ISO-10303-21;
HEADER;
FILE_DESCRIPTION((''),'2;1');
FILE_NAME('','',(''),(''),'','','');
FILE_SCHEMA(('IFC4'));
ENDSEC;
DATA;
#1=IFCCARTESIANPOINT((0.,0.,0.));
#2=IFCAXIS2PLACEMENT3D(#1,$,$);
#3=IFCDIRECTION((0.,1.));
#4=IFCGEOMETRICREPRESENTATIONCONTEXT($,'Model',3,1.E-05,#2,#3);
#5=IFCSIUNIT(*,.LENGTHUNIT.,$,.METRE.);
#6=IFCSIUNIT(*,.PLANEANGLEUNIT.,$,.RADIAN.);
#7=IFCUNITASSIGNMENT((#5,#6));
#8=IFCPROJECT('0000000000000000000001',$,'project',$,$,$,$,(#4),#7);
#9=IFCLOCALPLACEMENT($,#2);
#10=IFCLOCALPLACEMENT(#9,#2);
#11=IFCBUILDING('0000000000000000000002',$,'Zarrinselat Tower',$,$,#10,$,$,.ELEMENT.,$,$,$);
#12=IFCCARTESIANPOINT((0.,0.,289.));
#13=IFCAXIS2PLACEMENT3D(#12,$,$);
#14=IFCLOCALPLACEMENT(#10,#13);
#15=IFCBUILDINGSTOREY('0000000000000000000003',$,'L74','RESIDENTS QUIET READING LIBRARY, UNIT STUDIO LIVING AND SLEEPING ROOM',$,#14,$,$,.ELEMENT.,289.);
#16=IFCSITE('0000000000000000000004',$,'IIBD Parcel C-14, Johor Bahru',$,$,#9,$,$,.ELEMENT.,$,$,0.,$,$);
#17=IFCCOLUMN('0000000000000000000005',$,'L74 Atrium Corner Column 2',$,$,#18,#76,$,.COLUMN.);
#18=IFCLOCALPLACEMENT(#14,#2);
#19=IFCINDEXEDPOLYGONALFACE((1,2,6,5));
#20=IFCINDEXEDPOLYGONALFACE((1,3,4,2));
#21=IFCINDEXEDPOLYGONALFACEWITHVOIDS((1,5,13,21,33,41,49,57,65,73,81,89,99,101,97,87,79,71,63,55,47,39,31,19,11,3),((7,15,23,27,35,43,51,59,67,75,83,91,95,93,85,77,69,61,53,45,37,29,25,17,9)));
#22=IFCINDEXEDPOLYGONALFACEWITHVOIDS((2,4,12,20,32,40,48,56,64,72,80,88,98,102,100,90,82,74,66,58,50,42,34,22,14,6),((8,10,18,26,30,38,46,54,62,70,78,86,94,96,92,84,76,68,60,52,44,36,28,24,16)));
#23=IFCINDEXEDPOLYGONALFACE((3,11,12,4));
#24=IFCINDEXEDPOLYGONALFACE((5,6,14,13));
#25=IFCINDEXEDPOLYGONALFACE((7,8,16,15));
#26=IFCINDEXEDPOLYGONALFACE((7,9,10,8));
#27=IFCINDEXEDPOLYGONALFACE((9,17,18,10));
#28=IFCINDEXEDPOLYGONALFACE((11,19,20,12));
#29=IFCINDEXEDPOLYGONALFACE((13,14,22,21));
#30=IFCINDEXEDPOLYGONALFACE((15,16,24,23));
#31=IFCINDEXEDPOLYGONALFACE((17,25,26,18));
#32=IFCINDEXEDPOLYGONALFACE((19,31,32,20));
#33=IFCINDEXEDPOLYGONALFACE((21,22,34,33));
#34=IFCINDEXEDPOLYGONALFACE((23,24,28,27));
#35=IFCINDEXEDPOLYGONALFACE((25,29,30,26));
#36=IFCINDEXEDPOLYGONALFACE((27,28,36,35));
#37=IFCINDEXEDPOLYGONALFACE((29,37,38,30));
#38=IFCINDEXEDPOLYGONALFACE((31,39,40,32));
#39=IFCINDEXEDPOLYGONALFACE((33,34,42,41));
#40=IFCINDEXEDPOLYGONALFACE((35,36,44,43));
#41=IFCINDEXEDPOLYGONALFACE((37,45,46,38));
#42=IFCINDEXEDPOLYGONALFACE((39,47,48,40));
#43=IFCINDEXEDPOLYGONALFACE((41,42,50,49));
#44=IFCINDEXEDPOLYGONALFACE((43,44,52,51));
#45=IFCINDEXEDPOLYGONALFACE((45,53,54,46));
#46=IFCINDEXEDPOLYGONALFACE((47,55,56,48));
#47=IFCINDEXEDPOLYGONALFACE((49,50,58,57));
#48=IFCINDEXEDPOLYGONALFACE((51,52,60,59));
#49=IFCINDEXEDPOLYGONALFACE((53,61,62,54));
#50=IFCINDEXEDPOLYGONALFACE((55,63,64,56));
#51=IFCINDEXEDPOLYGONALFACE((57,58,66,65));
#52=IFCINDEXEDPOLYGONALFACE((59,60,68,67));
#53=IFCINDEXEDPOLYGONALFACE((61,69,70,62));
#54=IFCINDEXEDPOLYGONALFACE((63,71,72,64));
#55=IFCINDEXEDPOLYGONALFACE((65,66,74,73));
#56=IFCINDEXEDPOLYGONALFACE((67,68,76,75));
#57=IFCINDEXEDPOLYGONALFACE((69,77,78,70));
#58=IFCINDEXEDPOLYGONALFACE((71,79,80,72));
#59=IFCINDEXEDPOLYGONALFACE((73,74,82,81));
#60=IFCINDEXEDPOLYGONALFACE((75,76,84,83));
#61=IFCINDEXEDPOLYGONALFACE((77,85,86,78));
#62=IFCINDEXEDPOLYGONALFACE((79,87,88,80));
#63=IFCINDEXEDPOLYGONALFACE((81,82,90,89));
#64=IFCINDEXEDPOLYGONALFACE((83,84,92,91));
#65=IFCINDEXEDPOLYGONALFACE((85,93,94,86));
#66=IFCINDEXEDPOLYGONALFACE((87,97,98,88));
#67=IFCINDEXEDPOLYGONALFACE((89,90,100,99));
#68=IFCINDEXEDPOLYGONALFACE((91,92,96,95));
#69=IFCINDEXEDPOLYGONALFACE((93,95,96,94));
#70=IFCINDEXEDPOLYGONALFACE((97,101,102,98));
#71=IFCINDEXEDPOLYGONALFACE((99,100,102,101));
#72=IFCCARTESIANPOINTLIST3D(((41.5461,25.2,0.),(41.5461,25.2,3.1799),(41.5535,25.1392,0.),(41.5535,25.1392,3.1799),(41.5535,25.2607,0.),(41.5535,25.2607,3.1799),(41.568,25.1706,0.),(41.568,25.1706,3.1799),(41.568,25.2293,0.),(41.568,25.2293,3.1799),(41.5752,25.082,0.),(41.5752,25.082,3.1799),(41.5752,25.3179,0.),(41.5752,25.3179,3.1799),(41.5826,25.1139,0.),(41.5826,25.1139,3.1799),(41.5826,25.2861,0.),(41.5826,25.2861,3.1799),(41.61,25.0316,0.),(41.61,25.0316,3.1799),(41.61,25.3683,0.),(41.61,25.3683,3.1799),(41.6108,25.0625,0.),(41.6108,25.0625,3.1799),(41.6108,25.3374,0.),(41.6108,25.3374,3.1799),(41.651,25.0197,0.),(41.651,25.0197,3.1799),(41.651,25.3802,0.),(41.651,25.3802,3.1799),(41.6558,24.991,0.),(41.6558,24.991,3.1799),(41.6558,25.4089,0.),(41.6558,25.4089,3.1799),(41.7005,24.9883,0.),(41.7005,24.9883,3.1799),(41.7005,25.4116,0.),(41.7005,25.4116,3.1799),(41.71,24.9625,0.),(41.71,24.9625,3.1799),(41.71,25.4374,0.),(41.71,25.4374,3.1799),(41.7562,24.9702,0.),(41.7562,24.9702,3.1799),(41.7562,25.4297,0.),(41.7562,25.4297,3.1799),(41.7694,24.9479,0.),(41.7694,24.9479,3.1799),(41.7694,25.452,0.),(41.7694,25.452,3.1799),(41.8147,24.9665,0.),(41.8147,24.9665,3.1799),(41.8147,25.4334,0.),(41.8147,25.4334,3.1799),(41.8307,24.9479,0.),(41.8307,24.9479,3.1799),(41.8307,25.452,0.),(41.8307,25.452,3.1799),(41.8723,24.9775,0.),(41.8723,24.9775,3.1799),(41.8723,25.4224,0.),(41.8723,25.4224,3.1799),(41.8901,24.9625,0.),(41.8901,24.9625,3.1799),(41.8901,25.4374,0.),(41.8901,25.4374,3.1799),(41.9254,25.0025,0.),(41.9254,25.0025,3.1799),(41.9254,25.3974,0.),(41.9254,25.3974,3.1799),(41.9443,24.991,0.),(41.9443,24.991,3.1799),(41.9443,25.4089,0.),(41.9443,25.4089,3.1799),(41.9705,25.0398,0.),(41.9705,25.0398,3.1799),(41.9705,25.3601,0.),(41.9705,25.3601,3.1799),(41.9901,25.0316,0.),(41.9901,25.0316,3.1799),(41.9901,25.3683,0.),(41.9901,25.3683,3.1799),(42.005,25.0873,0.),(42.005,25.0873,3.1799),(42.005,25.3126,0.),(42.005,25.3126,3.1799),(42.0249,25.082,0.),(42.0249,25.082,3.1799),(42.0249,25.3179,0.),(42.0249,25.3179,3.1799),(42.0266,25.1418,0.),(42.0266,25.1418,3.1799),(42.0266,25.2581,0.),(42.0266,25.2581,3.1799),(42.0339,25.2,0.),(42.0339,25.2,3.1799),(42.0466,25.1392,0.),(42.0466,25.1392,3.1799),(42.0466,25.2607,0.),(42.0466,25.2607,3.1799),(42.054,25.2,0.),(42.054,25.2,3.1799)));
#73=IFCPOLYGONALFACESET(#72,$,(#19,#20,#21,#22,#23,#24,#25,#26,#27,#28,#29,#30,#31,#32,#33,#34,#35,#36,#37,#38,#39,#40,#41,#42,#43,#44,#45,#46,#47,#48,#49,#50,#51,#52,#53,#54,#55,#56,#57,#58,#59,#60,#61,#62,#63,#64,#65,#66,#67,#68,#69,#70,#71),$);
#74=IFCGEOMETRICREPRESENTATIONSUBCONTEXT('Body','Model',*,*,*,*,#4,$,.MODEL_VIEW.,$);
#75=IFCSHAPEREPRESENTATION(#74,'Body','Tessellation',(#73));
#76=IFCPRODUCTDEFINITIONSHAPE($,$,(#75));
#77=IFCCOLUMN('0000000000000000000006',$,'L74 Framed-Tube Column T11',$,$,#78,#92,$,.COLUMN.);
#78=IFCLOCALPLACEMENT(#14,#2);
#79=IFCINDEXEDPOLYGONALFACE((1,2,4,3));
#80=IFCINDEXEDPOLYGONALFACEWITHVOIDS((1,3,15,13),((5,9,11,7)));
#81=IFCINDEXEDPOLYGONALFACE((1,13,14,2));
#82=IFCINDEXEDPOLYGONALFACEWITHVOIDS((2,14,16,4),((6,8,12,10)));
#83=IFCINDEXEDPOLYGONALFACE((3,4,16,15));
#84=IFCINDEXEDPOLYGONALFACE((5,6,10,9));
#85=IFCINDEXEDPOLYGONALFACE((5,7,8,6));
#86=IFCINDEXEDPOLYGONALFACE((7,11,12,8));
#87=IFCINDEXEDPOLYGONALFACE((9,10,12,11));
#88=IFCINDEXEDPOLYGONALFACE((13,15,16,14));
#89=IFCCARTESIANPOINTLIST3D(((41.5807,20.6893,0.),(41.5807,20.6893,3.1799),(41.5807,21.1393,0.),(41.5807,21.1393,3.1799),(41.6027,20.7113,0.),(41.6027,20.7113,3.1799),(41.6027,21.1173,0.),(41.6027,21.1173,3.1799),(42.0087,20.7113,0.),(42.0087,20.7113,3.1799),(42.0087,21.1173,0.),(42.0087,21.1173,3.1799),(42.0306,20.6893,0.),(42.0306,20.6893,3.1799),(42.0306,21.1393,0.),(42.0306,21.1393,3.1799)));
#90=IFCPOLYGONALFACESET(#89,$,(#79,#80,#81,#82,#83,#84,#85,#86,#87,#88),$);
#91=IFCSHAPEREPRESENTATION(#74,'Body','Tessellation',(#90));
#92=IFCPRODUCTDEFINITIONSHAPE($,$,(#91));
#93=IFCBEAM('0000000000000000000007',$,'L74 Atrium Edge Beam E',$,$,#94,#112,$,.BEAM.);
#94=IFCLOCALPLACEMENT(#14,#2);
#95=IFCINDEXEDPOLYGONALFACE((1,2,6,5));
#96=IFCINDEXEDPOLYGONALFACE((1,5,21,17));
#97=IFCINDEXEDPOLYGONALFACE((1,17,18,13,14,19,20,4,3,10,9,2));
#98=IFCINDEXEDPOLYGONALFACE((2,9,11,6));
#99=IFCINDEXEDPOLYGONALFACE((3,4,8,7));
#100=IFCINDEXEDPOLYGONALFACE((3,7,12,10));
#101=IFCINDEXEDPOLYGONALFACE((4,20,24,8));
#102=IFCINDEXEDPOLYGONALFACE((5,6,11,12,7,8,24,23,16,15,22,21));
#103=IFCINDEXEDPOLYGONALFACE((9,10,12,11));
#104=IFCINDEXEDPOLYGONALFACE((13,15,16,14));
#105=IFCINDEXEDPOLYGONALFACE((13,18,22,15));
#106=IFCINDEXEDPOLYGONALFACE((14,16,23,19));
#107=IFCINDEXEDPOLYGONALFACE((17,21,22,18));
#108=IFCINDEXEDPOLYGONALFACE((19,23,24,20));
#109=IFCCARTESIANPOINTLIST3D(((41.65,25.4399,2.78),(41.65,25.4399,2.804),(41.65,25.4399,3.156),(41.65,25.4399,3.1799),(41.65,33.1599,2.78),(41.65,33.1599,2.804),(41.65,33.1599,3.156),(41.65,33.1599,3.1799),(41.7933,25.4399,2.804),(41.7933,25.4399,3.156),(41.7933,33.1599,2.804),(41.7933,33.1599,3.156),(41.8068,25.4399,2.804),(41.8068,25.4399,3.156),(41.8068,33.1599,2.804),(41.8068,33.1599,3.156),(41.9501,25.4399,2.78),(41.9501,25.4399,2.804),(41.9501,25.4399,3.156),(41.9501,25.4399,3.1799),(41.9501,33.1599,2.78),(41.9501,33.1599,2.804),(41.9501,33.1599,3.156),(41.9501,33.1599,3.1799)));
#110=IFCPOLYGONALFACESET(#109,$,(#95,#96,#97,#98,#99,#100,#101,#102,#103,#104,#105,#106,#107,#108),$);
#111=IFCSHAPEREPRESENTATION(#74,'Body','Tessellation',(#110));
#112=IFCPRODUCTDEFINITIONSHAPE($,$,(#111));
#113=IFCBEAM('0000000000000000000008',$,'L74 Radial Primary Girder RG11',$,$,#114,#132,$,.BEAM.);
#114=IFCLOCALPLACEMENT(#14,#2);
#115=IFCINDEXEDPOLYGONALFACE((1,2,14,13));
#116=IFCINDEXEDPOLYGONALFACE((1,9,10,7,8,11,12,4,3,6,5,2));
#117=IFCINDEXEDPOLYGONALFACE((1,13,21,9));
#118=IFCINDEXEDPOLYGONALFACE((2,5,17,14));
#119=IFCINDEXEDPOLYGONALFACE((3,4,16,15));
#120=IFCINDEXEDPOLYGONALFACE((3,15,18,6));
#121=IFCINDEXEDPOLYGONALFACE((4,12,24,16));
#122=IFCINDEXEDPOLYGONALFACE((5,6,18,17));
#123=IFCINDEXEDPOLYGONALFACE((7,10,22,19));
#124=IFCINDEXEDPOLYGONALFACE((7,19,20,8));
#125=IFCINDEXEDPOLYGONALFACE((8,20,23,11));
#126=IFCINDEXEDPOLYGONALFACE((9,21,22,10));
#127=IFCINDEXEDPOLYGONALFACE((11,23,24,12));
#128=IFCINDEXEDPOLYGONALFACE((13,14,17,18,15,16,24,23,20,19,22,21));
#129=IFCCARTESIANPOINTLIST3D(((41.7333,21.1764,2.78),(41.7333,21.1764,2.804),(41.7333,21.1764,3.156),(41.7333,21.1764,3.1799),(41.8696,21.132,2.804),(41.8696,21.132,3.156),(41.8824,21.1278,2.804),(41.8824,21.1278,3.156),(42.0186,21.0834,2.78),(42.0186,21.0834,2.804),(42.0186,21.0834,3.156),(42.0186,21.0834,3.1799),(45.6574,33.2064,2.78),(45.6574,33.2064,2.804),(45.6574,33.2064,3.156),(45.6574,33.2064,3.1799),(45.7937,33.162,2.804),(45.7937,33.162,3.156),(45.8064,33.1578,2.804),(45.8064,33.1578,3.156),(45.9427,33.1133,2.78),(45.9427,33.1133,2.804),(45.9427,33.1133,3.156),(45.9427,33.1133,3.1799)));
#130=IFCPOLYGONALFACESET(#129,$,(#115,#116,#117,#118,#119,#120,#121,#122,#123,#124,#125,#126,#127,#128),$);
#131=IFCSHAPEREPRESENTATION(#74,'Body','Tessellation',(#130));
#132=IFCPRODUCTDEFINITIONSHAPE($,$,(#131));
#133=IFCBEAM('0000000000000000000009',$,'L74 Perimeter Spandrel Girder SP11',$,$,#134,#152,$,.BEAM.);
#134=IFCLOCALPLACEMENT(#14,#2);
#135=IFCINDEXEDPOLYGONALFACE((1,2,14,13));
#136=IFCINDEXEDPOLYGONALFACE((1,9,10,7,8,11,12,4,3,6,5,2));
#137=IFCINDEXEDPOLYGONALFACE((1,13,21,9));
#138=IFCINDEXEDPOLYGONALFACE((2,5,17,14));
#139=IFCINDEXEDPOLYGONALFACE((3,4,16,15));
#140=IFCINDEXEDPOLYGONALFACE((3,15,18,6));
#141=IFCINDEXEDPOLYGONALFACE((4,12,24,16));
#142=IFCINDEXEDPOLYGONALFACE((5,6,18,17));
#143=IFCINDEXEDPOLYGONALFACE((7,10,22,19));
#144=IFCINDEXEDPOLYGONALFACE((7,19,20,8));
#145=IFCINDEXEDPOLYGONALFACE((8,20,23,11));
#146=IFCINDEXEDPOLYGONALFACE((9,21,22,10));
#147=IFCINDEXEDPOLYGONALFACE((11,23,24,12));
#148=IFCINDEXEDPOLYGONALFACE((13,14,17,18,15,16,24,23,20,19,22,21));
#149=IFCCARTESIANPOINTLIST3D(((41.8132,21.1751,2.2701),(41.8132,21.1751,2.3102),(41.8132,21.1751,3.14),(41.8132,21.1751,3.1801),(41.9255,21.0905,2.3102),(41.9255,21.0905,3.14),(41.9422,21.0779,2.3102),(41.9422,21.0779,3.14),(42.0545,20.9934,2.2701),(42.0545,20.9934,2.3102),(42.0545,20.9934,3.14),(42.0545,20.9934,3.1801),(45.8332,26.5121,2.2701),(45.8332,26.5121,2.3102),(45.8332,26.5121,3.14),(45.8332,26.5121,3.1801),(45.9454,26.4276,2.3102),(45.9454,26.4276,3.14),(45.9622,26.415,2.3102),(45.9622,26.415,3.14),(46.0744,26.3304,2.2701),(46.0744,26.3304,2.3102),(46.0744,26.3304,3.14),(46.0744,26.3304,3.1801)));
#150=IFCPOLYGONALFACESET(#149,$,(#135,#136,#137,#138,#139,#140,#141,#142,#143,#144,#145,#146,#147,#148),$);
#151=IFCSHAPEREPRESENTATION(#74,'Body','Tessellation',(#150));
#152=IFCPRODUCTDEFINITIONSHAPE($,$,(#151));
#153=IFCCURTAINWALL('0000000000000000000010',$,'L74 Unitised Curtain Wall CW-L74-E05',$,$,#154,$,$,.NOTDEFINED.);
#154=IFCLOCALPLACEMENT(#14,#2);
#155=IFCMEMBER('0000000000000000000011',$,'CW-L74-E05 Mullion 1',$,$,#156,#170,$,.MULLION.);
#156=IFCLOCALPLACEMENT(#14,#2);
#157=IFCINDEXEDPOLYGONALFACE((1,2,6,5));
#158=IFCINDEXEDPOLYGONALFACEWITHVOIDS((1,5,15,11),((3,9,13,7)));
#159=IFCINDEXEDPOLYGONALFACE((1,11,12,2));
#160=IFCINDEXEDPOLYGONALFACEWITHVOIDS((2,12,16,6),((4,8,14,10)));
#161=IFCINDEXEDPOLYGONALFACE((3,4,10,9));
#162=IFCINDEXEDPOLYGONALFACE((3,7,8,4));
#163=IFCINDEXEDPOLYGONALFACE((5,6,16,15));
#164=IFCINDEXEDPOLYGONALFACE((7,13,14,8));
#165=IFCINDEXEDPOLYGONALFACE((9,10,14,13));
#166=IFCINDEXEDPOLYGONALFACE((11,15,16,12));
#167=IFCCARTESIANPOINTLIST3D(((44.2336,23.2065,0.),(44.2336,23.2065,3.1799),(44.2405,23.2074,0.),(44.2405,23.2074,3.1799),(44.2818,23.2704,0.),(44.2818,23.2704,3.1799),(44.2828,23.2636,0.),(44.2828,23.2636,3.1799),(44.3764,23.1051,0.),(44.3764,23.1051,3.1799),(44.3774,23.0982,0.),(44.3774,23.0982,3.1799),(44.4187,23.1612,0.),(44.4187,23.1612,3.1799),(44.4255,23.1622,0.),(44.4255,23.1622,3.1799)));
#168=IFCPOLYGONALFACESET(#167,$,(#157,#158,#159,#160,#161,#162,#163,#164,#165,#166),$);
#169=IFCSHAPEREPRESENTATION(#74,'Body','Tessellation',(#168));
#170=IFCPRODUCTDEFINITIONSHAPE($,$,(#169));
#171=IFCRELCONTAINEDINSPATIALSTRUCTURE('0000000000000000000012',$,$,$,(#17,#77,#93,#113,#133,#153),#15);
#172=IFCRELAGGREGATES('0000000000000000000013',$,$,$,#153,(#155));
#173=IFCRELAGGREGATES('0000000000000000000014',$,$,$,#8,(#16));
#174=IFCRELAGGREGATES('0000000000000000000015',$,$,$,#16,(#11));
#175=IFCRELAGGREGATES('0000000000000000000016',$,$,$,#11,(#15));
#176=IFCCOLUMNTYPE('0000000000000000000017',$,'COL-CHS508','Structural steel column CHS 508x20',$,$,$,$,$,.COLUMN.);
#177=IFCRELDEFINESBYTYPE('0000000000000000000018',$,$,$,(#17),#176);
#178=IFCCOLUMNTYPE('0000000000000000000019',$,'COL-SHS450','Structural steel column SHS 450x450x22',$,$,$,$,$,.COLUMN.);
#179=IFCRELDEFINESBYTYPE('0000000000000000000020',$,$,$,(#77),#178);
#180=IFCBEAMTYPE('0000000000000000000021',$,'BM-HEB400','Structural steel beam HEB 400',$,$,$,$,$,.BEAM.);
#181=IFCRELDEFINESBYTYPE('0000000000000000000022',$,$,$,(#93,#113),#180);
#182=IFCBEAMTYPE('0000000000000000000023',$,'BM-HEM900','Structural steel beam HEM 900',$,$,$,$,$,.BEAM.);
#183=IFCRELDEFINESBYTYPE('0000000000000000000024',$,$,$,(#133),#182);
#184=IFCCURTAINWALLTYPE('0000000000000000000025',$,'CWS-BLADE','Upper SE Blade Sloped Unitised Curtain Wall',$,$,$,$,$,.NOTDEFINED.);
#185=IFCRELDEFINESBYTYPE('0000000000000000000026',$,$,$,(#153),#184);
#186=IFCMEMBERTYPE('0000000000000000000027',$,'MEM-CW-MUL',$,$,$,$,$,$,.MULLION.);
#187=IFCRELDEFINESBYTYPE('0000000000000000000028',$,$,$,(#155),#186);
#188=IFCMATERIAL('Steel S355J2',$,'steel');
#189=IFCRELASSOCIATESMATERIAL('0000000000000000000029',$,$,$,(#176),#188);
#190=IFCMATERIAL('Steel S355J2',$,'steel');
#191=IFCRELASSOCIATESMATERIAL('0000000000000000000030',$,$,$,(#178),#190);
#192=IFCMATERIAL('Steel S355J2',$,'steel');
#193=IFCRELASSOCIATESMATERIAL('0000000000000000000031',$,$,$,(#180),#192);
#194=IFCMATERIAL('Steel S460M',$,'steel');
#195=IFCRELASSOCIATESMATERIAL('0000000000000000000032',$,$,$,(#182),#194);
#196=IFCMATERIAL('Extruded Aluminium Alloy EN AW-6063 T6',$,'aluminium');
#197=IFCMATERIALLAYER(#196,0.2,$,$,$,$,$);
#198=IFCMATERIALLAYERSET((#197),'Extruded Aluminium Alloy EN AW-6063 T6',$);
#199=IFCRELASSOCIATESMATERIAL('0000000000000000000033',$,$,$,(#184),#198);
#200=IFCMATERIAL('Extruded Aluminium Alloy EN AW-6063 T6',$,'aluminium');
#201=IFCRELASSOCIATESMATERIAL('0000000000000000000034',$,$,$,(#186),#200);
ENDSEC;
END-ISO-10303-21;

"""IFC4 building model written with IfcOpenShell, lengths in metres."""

from ifc_helpers import new_model, si_unit, direction, frame, origin, origin_2d, place, context, subcontext, project, spatial, hollow_rectangle, hollow_circle, i_section, extrude, material, layer, layer_set, material_profile, profile_set, type_object, element, aggregate, save


model = new_model("IFC4")

# Units and contexts
model_context = context("Model", 3, precision=1e-05, world=origin(), true_north=direction((0.0, 1.0)))
body_context = subcontext(model_context, "Body", "Model", "MODEL_VIEW")
ifc_project = project(units=[si_unit("LENGTHUNIT", "METRE"), si_unit("PLANEANGLEUNIT", "RADIAN")], contexts=[model_context])

# Site, building, storey
site_placement = place(None, origin())
site = spatial("IfcSite", under=ifc_project, at=site_placement, Name="IIBD Parcel C-14, Johor Bahru", CompositionType="ELEMENT", RefElevation=0.0)
building_placement = place(site_placement, origin())
building = spatial("IfcBuilding", under=site, at=building_placement, Name="Zarrinselat Tower", CompositionType="ELEMENT")
storey_placement = place(building_placement, frame((0.0, 0.0, 289.0)))
storey = spatial("IfcBuildingStorey", under=building, at=storey_placement, Name="L74", Description="RESIDENTS QUIET READING LIBRARY, UNIT STUDIO LIVING AND SLEEPING ROOM", CompositionType="ELEMENT", Elevation=289.0)

# Columns
ifc_material_1 = material(Name="Steel S355J2", Category="steel")
ifc_material_profile_1 = material_profile(ifc_material_1, hollow_circle(Radius=0.2539, WallThickness=0.02, at=origin_2d()), Name="CHS 508x20")
ifc_profile_set_1 = profile_set([ifc_material_profile_1], Name="Steel S355J2")
column_type_1 = type_object("IfcColumnType", Name="COL-CHS508", Description="Structural steel column CHS 508x20", PredefinedType="COLUMN", material=ifc_profile_set_1)
column_1_placement = place(storey_placement, frame((41.8, 25.2, 0.0), z_axis=(0.0, 0.0, 1.0), x_axis=(1.0, 0.0, 0.0)))
element("IfcColumn", 1, at=column_1_placement, inside=storey, type_object=column_type_1, Name="L74 Atrium Corner Column 2", PredefinedType="COLUMN", context=body_context, shape_type="SweptSolid", body=[
    extrude(hollow_circle(Radius=0.2539, WallThickness=0.02, at=origin_2d()), origin(), (0.0, 0.0, 1.0), 3.1799),
])
ifc_material_2 = material(Name="Steel S355J2", Category="steel")
ifc_material_profile_2 = material_profile(ifc_material_2, hollow_rectangle(XDim=0.45, YDim=0.45, WallThickness=0.022, at=origin_2d()), Name="SHS 450x450x22")
ifc_profile_set_2 = profile_set([ifc_material_profile_2], Name="Steel S355J2")
column_type_2 = type_object("IfcColumnType", Name="COL-SHS450", Description="Structural steel column SHS 450x450x22", PredefinedType="COLUMN", material=ifc_profile_set_2)
column_2_placement = place(storey_placement, frame((41.8057, 20.9143, 0.0), z_axis=(0.0, 0.0, 1.0), x_axis=(1.0, 0.0, 0.0)))
element("IfcColumn", 2, at=column_2_placement, inside=storey, type_object=column_type_2, Name="L74 Framed-Tube Column T11", PredefinedType="COLUMN", context=body_context, shape_type="SweptSolid", body=[
    extrude(hollow_rectangle(XDim=0.45, YDim=0.45, WallThickness=0.022, at=origin_2d()), origin(), (0.0, 0.0, 1.0), 3.1799),
])

# Beams
ifc_material_3 = material(Name="Steel S355J2", Category="steel")
ifc_material_profile_3 = material_profile(ifc_material_3, i_section(OverallWidth=0.3, OverallDepth=0.3999, WebThickness=0.0134, FlangeThickness=0.0239, at=origin_2d()), Name="HEB 400")
ifc_profile_set_3 = profile_set([ifc_material_profile_3], Name="Steel S355J2")
beam_type_1 = type_object("IfcBeamType", Name="BM-HEB400", Description="Structural steel beam HEB 400", PredefinedType="BEAM", material=ifc_profile_set_3)
beam_1_placement = place(storey_placement, frame((41.8, 25.4399, 2.98), z_axis=(0.0, 1.0, 0.0), x_axis=(-1.0, 0.0, 0.0)))
element("IfcBeam", 3, at=beam_1_placement, inside=storey, type_object=beam_type_1, Name="L74 Atrium Edge Beam E", PredefinedType="BEAM", context=body_context, shape_type="SweptSolid", body=[
    extrude(i_section(OverallWidth=0.3, OverallDepth=0.3999, WebThickness=0.0134, FlangeThickness=0.0239, at=origin_2d()), origin(), (0.0, 0.0, 1.0), 7.72),
])
beam_2_placement = place(storey_placement, frame((41.876, 21.1299, 2.98), z_axis=(0.310109, 0.950701, 0.0), x_axis=(-0.950701, 0.310109, 0.0)))
element("IfcBeam", 4, at=beam_2_placement, inside=storey, type_object=beam_type_1, Name="L74 Radial Primary Girder RG11", PredefinedType="BEAM", context=body_context, shape_type="SweptSolid", body=[
    extrude(i_section(OverallWidth=0.3, OverallDepth=0.3999, WebThickness=0.0134, FlangeThickness=0.0239, at=origin_2d()), origin(), (0.0, 0.0, 1.0), 12.6538),
])
ifc_material_4 = material(Name="Steel S460M", Category="steel")
ifc_material_profile_4 = material_profile(ifc_material_4, i_section(OverallWidth=0.302, OverallDepth=0.9099, WebThickness=0.021, FlangeThickness=0.04, at=origin_2d()), Name="HEM 900")
ifc_profile_set_4 = profile_set([ifc_material_profile_4], Name="Steel S460M")
beam_type_2 = type_object("IfcBeamType", Name="BM-HEM900", Description="Structural steel beam HEM 900", PredefinedType="BEAM", material=ifc_profile_set_4)
beam_3_placement = place(storey_placement, frame((41.9338, 21.0842, 2.7251), z_axis=(0.601642, 0.798766, 0.0), x_axis=(-0.798766, 0.601642, 0.0)))
element("IfcBeam", 5, at=beam_3_placement, inside=storey, type_object=beam_type_2, Name="L74 Perimeter Spandrel Girder SP11", PredefinedType="BEAM", context=body_context, shape_type="SweptSolid", body=[
    extrude(i_section(OverallWidth=0.302, OverallDepth=0.9099, WebThickness=0.021, FlangeThickness=0.04, at=origin_2d()), origin(), (0.0, 0.0, 1.0), 6.6816),
])

# Curtain wall, member
ifc_material_5 = material(Name="Extruded Aluminium Alloy EN AW-6063 T6", Category="aluminium")
ifc_layer_1 = layer(ifc_material_5, 0.2)
ifc_layer_set_1 = layer_set([ifc_layer_1], Name="Extruded Aluminium Alloy EN AW-6063 T6")
curtain_wall_type_1 = type_object("IfcCurtainWallType", Name="CWS-BLADE", Description="Upper SE Blade Sloped Unitised Curtain Wall", PredefinedType="NOTDEFINED", material=ifc_layer_set_1)
curtain_wall_1_placement = place(storey_placement, origin())
curtain_wall_1 = element("IfcCurtainWall", 6, at=curtain_wall_1_placement, inside=storey, type_object=curtain_wall_type_1, Name="L74 Unitised Curtain Wall CW-L74-E05", PredefinedType="NOTDEFINED")
ifc_material_6 = material(Name="Extruded Aluminium Alloy EN AW-6063 T6", Category="aluminium")
ifc_material_profile_5 = material_profile(ifc_material_6, hollow_rectangle(XDim=0.0801, YDim=0.1799, WallThickness=0.0049, at=origin_2d()), Name="RHS 180x80x5")
ifc_profile_set_5 = profile_set([ifc_material_profile_5], Name="Extruded Aluminium Alloy EN AW-6063 T6")
member_type_1 = type_object("IfcMemberType", Name="MEM-CW-MUL", PredefinedType="MULLION", material=ifc_profile_set_5)
member_1_placement = place(storey_placement, frame((44.3296, 23.1843, 0.0), z_axis=(0.0, 0.0, 1.0), x_axis=(0.601673, 0.798743, 0.0)))
member_1 = element("IfcMember", 7, at=member_1_placement, type_object=member_type_1, Name="CW-L74-E05 Mullion 1", PredefinedType="MULLION", context=body_context, shape_type="SweptSolid", body=[
    extrude(hollow_rectangle(XDim=0.0801, YDim=0.1799, WallThickness=0.0049, at=origin_2d()), origin(), (0.0, 0.0, 1.0), 3.1799),
])

aggregate(curtain_wall_1, [member_1])

save(model, "model.ifc")
